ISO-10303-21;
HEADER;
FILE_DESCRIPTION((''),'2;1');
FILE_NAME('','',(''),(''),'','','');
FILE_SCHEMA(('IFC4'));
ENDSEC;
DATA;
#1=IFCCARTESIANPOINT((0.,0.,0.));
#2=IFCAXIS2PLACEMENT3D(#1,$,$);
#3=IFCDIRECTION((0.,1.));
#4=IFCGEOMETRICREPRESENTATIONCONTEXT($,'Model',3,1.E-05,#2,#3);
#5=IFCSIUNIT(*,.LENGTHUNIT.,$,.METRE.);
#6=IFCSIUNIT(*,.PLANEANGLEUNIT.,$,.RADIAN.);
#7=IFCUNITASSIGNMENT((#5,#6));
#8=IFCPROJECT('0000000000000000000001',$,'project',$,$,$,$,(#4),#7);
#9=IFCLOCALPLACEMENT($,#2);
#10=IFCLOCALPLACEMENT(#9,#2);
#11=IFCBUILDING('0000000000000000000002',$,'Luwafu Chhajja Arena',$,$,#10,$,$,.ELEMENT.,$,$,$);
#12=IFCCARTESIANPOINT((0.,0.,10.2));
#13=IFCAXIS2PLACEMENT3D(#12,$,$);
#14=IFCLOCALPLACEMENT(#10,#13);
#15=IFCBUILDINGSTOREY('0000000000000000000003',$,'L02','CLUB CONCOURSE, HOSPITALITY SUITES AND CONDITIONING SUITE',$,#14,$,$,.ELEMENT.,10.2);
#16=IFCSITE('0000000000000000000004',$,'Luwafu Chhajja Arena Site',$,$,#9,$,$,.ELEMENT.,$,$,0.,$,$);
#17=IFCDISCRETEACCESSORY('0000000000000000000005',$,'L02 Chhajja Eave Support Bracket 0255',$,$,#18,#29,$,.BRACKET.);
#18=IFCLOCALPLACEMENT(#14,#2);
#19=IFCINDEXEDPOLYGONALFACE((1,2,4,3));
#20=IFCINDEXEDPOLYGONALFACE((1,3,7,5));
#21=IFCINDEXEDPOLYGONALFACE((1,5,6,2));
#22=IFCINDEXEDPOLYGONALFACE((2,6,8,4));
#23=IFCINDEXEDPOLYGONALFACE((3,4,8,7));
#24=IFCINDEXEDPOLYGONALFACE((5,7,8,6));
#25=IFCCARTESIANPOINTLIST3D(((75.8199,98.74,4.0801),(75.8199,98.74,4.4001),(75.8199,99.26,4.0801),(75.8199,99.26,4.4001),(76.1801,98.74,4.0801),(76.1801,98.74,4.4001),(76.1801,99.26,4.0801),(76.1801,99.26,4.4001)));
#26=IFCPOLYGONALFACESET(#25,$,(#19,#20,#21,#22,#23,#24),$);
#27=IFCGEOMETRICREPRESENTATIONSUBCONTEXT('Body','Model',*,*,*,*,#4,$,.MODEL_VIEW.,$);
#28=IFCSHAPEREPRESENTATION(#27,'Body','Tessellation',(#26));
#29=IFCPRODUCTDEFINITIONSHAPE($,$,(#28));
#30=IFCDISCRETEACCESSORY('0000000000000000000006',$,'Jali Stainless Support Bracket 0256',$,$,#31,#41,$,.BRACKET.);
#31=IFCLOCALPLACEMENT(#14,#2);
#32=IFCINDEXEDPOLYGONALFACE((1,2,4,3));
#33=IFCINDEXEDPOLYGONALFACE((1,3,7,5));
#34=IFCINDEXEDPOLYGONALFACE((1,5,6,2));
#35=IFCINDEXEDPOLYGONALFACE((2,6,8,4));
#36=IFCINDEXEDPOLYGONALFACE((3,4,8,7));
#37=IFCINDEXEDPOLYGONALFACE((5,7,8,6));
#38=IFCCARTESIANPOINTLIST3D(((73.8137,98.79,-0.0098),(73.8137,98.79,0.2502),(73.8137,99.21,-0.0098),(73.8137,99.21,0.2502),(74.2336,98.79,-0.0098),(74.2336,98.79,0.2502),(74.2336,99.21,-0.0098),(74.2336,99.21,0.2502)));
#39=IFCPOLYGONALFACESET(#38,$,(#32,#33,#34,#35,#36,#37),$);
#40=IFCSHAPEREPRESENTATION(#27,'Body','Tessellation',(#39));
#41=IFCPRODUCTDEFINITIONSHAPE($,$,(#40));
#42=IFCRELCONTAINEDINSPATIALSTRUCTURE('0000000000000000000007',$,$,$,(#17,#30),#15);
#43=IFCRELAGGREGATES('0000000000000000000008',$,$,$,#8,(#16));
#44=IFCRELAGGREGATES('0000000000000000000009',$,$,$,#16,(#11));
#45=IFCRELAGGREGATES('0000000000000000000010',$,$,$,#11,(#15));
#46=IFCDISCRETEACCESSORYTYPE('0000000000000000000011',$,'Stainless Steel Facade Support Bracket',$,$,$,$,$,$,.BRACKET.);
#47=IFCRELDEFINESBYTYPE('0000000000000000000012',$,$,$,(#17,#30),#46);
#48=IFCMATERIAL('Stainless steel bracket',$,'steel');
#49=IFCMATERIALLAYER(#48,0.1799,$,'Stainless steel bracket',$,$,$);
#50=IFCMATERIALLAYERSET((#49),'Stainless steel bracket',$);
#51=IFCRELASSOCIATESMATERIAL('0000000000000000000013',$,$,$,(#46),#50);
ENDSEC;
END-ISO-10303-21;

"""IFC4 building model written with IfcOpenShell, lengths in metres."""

from ifc_helpers import new_model, si_unit, direction, frame, origin, origin_2d, place, context, subcontext, project, spatial, rectangle, extrude, material, layer, layer_set, type_object, element, save


model = new_model("IFC4")

# Units and contexts
model_context = context("Model", 3, precision=1e-05, world=origin(), true_north=direction((0.0, 1.0)))
body_context = subcontext(model_context, "Body", "Model", "MODEL_VIEW")
ifc_project = project(units=[si_unit("LENGTHUNIT", "METRE"), si_unit("PLANEANGLEUNIT", "RADIAN")], contexts=[model_context])

# Site, building, storey
site_placement = place(None, origin())
site = spatial("IfcSite", under=ifc_project, at=site_placement, Name="Luwafu Chhajja Arena Site", CompositionType="ELEMENT", RefElevation=0.0)
building_placement = place(site_placement, origin())
building = spatial("IfcBuilding", under=site, at=building_placement, Name="Luwafu Chhajja Arena", CompositionType="ELEMENT")
storey_placement = place(building_placement, frame((0.0, 0.0, 10.2)))
storey = spatial("IfcBuildingStorey", under=building, at=storey_placement, Name="L02", Description="CLUB CONCOURSE, HOSPITALITY SUITES AND CONDITIONING SUITE", CompositionType="ELEMENT", Elevation=10.2)

# Discrete accessories
ifc_material_1 = material(Name="Stainless steel bracket", Category="steel")
ifc_layer_1 = layer(ifc_material_1, 0.1799, Name="Stainless steel bracket")
ifc_layer_set_1 = layer_set([ifc_layer_1], Name="Stainless steel bracket")
discrete_accessory_type = type_object("IfcDiscreteAccessoryType", Name="Stainless Steel Facade Support Bracket", PredefinedType="BRACKET", material=ifc_layer_set_1)
discrete_accessory_1_placement = place(storey_placement, frame((76.0, 99.0, 4.0801), z_axis=(0.0, 0.0, 1.0), x_axis=(1.0, 0.0, 0.0)))
element("IfcDiscreteAccessory", 1, at=discrete_accessory_1_placement, inside=storey, type_object=discrete_accessory_type, Name="L02 Chhajja Eave Support Bracket 0255", PredefinedType="BRACKET", context=body_context, shape_type="SweptSolid", body=[
    extrude(rectangle(XDim=0.3601, YDim=0.52, at=origin_2d()), origin(), (0.0, 0.0, 1.0), 0.3201),
])
discrete_accessory_2_placement = place(storey_placement, frame((74.0237, 99.0, -0.0098), z_axis=(0.0, 0.0, 1.0), x_axis=(1.0, 0.0, 0.0)))
element("IfcDiscreteAccessory", 2, at=discrete_accessory_2_placement, inside=storey, type_object=discrete_accessory_type, Name="Jali Stainless Support Bracket 0256", PredefinedType="BRACKET", context=body_context, shape_type="SweptSolid", body=[
    extrude(rectangle(XDim=0.4199, YDim=0.4199, at=origin_2d()), origin(), (0.0, 0.0, 1.0), 0.26),
])

save(model, "model.ifc")
